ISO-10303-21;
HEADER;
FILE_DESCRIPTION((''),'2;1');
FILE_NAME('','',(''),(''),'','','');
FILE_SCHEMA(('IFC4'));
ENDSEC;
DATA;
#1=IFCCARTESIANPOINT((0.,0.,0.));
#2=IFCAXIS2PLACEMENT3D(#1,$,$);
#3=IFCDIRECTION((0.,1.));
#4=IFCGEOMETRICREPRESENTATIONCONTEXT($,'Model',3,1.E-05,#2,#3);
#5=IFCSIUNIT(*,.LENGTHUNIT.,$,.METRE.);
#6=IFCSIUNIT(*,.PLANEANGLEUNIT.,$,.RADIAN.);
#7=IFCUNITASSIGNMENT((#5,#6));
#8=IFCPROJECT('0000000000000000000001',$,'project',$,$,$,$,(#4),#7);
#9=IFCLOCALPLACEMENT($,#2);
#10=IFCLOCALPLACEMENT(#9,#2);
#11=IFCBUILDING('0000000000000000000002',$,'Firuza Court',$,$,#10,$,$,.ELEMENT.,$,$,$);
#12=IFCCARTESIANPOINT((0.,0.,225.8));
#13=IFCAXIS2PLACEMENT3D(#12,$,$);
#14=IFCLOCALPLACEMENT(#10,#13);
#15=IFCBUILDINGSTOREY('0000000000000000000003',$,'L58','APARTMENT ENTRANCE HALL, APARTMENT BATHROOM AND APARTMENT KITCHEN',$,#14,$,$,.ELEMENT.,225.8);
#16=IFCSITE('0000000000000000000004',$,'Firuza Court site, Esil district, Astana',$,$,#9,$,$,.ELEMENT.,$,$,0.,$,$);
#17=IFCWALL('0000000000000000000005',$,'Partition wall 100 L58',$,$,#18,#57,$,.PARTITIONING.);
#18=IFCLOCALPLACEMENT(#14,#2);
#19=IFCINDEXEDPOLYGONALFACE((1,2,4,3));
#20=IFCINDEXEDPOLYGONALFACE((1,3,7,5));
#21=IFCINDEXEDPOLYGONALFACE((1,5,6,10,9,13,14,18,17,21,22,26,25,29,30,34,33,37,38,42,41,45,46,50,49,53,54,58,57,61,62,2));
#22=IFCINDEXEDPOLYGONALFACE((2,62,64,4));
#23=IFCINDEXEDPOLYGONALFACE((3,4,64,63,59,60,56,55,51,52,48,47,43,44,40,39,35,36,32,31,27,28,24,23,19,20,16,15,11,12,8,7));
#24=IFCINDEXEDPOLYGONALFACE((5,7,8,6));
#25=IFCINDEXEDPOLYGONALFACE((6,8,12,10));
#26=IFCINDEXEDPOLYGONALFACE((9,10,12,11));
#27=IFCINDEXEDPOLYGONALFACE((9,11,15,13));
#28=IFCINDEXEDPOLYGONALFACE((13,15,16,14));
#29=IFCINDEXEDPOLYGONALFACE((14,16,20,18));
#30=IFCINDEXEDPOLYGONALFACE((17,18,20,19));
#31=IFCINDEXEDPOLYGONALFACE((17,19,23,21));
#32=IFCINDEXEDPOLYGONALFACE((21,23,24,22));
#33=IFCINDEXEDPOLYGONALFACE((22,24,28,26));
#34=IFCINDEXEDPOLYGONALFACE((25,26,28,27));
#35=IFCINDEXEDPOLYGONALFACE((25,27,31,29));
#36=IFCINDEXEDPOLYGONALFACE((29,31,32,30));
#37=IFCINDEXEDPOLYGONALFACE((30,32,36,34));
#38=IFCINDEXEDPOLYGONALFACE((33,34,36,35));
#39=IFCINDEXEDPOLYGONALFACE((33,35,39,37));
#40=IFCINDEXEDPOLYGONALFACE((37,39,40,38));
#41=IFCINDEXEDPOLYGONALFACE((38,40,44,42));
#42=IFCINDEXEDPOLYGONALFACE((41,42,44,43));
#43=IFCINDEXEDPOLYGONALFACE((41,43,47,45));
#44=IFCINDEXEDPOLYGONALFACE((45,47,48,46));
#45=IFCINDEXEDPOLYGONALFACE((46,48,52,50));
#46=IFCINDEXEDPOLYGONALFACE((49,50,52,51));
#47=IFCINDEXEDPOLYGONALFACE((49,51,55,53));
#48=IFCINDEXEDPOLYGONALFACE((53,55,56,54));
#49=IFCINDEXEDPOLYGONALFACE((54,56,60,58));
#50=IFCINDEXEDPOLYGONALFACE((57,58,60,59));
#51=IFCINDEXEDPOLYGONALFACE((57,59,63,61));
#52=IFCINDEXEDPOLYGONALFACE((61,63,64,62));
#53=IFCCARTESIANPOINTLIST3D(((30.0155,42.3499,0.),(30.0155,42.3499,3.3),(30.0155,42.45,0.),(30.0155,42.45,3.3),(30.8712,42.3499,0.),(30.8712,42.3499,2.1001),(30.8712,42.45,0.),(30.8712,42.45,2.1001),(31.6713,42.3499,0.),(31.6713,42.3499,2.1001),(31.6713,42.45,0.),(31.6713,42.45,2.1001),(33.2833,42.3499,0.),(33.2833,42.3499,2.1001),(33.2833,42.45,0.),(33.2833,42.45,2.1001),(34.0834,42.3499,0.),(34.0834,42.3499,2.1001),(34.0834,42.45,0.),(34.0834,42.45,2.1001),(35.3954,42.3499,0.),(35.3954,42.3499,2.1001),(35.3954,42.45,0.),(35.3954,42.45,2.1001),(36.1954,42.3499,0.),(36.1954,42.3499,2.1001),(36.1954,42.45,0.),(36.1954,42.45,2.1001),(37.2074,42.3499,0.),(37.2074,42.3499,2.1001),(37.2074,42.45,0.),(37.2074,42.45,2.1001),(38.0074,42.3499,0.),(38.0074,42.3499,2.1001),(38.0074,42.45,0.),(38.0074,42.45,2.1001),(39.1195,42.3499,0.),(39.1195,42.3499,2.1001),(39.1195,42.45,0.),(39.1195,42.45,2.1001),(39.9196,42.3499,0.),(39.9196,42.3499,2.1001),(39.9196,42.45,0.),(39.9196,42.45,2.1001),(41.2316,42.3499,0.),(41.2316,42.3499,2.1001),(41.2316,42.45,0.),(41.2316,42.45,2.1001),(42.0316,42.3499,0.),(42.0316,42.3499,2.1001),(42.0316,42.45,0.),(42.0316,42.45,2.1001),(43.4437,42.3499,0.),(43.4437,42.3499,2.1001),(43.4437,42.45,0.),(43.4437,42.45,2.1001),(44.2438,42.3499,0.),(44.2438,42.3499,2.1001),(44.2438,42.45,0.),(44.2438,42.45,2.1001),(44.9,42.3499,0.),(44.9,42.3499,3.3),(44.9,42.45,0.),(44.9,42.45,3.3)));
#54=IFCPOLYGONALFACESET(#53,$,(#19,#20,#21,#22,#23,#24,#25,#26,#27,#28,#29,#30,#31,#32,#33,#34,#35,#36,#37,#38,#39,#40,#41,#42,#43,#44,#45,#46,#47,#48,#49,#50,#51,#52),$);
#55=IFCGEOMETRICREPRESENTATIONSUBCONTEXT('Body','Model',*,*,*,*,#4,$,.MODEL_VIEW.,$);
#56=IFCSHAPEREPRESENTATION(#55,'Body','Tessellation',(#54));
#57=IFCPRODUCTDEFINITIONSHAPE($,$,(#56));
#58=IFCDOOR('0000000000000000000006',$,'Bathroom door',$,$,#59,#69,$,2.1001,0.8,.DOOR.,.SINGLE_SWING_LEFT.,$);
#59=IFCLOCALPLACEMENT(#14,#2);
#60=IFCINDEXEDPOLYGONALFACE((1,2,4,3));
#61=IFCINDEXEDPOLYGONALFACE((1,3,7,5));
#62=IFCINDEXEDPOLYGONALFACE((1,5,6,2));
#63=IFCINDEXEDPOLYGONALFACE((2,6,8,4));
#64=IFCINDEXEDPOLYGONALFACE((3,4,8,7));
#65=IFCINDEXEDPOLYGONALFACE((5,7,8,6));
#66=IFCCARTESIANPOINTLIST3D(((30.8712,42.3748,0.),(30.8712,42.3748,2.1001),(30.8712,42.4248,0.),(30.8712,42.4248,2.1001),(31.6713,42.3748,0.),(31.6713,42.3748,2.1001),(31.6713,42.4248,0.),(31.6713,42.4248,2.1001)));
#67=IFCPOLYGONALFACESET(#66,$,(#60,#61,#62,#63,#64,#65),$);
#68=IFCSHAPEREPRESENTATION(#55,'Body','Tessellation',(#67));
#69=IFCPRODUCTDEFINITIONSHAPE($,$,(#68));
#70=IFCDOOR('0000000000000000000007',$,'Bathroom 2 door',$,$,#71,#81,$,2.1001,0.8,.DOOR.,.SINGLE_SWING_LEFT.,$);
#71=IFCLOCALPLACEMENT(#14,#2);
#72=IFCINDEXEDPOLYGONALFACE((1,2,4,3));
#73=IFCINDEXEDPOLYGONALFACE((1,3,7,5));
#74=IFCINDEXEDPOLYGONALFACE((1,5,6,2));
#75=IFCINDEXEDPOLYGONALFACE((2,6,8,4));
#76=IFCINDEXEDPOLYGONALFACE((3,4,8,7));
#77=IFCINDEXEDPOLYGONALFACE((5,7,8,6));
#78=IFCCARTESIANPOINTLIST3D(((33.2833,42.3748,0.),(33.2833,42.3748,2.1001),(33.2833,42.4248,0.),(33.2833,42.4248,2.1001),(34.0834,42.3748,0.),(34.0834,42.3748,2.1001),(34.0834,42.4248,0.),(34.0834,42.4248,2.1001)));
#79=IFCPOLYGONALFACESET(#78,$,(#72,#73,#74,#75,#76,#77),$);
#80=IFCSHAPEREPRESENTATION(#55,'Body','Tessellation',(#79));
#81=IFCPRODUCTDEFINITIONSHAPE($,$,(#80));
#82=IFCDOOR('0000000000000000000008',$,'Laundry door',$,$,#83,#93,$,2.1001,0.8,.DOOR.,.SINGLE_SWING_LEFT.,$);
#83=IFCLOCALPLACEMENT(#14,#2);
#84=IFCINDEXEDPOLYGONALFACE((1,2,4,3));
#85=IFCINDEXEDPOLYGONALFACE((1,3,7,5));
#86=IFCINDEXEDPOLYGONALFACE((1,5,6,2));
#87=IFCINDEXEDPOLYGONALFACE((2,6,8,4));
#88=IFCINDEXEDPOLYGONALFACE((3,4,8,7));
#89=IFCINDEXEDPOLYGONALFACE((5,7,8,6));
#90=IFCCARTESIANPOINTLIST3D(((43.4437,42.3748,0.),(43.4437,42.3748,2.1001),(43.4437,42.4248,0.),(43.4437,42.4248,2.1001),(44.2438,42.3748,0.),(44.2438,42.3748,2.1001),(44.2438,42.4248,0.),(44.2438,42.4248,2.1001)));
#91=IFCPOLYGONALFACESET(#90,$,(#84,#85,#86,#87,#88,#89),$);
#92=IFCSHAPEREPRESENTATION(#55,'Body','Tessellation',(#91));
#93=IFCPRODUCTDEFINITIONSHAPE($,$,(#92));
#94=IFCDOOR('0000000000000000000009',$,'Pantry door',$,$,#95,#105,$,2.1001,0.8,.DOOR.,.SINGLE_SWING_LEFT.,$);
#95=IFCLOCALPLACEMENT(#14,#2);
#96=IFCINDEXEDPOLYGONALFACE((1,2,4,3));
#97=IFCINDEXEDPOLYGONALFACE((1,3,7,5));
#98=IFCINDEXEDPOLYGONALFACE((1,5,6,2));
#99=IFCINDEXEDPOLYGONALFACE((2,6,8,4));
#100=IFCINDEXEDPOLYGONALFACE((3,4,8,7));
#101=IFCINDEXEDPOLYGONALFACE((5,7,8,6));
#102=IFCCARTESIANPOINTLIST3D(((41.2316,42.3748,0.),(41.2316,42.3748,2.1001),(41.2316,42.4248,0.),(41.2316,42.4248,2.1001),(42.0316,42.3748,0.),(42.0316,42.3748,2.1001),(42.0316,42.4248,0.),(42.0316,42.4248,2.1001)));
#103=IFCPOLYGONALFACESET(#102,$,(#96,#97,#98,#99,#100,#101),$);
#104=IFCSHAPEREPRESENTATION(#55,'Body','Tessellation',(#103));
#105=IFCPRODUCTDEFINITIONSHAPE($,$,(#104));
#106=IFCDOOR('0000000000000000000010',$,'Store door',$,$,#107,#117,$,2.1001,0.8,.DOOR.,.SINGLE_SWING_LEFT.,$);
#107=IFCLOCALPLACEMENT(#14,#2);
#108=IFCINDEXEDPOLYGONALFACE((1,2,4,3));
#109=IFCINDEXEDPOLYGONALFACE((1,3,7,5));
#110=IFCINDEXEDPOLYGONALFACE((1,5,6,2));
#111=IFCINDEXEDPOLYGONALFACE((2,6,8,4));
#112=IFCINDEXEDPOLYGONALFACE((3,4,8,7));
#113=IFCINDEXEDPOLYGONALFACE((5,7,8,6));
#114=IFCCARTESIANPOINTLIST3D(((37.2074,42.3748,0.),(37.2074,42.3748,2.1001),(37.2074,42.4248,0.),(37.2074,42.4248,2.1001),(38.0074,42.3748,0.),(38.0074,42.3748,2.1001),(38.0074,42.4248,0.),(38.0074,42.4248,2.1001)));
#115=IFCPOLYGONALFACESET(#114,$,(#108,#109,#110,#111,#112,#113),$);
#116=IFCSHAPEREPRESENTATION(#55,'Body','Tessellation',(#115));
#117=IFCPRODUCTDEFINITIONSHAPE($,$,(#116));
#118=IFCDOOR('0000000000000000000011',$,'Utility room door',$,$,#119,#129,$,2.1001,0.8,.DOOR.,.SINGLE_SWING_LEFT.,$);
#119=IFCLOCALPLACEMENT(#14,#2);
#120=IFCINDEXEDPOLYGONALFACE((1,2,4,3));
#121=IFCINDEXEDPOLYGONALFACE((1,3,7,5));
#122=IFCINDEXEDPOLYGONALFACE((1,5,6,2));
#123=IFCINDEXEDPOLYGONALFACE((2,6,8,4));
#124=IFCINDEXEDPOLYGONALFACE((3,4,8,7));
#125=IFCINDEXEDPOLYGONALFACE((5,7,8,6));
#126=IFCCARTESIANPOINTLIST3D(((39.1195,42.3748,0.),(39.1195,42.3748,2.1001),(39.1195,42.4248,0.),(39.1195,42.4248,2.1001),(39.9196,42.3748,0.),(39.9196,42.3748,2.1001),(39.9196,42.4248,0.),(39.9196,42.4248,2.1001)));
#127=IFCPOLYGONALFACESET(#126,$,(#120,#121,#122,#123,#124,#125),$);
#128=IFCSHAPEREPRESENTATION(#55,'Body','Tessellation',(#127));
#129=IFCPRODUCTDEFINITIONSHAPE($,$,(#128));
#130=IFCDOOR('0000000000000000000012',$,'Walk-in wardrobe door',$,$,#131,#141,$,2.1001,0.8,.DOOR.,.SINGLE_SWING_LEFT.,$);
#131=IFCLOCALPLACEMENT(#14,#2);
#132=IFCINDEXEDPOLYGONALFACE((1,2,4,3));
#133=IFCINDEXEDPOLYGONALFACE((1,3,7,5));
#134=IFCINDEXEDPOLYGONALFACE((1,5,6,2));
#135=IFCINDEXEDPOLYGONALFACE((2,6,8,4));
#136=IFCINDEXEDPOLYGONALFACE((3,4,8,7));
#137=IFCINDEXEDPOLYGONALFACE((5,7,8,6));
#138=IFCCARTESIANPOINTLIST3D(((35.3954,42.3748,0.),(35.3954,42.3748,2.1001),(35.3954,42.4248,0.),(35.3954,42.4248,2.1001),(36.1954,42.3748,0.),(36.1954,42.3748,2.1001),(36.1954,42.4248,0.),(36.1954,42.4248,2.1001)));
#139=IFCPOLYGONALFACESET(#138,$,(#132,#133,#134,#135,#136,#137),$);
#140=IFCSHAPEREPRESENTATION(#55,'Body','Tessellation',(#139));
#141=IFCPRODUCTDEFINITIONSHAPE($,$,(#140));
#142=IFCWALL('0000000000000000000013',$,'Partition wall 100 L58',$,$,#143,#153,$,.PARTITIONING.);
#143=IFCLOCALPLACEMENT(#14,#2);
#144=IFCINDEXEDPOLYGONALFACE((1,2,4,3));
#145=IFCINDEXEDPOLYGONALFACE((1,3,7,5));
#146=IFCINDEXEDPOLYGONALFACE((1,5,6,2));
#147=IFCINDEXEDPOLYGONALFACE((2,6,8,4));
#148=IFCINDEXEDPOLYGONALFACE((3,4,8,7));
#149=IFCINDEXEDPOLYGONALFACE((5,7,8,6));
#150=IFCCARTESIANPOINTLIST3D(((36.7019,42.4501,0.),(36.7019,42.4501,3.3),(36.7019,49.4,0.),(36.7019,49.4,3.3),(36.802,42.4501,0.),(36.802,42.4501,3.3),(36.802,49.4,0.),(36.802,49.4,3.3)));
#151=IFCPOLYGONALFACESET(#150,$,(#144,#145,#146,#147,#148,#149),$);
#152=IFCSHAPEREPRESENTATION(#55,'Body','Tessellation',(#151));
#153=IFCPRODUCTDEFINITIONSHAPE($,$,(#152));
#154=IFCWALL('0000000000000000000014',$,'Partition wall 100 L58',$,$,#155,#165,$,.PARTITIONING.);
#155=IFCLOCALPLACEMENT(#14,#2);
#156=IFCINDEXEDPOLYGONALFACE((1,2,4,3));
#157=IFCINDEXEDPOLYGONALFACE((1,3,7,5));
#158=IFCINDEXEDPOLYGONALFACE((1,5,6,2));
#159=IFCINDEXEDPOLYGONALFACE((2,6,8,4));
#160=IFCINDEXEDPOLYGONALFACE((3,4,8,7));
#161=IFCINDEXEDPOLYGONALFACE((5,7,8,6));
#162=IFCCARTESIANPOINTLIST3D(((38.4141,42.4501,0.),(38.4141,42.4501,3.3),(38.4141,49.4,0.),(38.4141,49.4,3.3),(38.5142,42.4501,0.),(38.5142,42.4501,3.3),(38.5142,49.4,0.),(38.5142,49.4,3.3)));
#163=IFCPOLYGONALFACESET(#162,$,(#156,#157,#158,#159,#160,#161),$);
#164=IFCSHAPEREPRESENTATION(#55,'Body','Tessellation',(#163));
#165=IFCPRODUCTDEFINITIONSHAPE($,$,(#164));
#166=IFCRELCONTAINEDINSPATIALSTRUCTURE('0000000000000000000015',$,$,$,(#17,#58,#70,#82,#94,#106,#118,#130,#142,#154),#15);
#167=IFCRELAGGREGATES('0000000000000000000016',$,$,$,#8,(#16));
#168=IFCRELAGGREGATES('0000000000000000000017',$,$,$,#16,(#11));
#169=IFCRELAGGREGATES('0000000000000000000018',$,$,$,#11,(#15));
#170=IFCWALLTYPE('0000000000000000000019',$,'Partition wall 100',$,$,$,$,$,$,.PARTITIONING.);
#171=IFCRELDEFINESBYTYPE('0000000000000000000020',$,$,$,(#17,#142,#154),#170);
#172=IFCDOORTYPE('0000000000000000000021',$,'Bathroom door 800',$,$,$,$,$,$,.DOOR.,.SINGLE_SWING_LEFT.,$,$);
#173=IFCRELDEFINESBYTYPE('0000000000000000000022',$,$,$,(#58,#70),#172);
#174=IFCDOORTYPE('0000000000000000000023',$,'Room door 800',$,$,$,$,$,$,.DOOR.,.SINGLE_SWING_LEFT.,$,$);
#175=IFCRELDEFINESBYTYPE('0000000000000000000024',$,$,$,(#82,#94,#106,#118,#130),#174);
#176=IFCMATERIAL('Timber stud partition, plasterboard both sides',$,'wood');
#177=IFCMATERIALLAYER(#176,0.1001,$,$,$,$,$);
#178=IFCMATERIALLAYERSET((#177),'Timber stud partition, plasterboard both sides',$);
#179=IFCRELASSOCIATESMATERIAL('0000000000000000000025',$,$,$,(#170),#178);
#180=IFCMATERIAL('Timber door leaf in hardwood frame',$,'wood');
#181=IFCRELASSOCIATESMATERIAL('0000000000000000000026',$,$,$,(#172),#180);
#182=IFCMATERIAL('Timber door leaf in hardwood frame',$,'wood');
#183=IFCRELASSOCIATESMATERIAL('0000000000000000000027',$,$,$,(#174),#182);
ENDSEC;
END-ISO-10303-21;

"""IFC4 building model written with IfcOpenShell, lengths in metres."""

from ifc_helpers import new_model, si_unit, direction, frame, frame_2d, origin, place, context, subcontext, project, spatial, rectangle, extrude, material, layer, layer_set, type_object, element, fill, save


model = new_model("IFC4")

# Units and contexts
model_context = context("Model", 3, precision=1e-05, world=origin(), true_north=direction((0.0, 1.0)))
body_context = subcontext(model_context, "Body", "Model", "MODEL_VIEW")
ifc_project = project(units=[si_unit("LENGTHUNIT", "METRE"), si_unit("PLANEANGLEUNIT", "RADIAN")], contexts=[model_context])

# Site, building, storey
site_placement = place(None, origin())
site = spatial("IfcSite", under=ifc_project, at=site_placement, Name="Firuza Court site, Esil district, Astana", CompositionType="ELEMENT", RefElevation=0.0)
building_placement = place(site_placement, origin())
building = spatial("IfcBuilding", under=site, at=building_placement, Name="Firuza Court", CompositionType="ELEMENT")
storey_placement = place(building_placement, frame((0.0, 0.0, 225.8)))
storey = spatial("IfcBuildingStorey", under=building, at=storey_placement, Name="L58", Description="APARTMENT ENTRANCE HALL, APARTMENT BATHROOM AND APARTMENT KITCHEN", CompositionType="ELEMENT", Elevation=225.8)

# Wall, openings, doors
ifc_material_1 = material(Name="Timber stud partition, plasterboard both sides", Category="wood")
ifc_layer_1 = layer(ifc_material_1, 0.1001)
ifc_layer_set_1 = layer_set([ifc_layer_1], Name="Timber stud partition, plasterboard both sides")
wall_type_1 = type_object("IfcWallType", Name="Partition wall 100", PredefinedType="PARTITIONING", material=ifc_layer_set_1)
wall_1_placement = place(storey_placement, frame((30.0154, 42.3999, 0.0), z_axis=(0.0, 0.0, 1.0), x_axis=(1.0, 0.0, 0.0)))
wall_1 = element("IfcWall", 1, at=wall_1_placement, inside=storey, type_object=wall_type_1, Name="Partition wall 100 L58", PredefinedType="PARTITIONING", context=body_context, shape_type="SweptSolid", body=[
    extrude(rectangle(XDim=14.8845, YDim=0.1001, at=frame_2d((7.4424, 0.0))), origin(), (0.0, 0.0, 1.0), 3.3),
])
opening_1_placement = place(wall_1_placement, frame((0.856, 0.0, 0.0)))
opening_1 = element("IfcOpeningElement", 2, at=opening_1_placement, cuts=wall_1, PredefinedType="OPENING", context=body_context, shape_type="SweptSolid", body=[
    extrude(rectangle(XDim=0.8, YDim=2.1001, at=frame_2d((0.3999, 1.05))), frame((0.0, 0.062, 0.0), z_axis=(0.0, -1.0, 0.0), x_axis=(1.0, 0.0, 0.0)), (0.0, 0.0, 1.0), 0.124),
])
opening_2_placement = place(wall_1_placement, frame((3.2681, 0.0, 0.0)))
opening_2 = element("IfcOpeningElement", 3, at=opening_2_placement, cuts=wall_1, PredefinedType="OPENING", context=body_context, shape_type="SweptSolid", body=[
    extrude(rectangle(XDim=0.8, YDim=2.1001, at=frame_2d((0.3999, 1.05))), frame((0.0, 0.062, 0.0), z_axis=(0.0, -1.0, 0.0), x_axis=(1.0, 0.0, 0.0)), (0.0, 0.0, 1.0), 0.124),
])
opening_3_placement = place(wall_1_placement, frame((13.4285, 0.0, 0.0)))
opening_3 = element("IfcOpeningElement", 4, at=opening_3_placement, cuts=wall_1, PredefinedType="OPENING", context=body_context, shape_type="SweptSolid", body=[
    extrude(rectangle(XDim=0.8, YDim=2.1001, at=frame_2d((0.3999, 1.05))), frame((0.0, 0.062, 0.0), z_axis=(0.0, -1.0, 0.0), x_axis=(1.0, 0.0, 0.0)), (0.0, 0.0, 1.0), 0.124),
])
opening_4_placement = place(wall_1_placement, frame((11.2163, 0.0, 0.0)))
opening_4 = element("IfcOpeningElement", 5, at=opening_4_placement, cuts=wall_1, PredefinedType="OPENING", context=body_context, shape_type="SweptSolid", body=[
    extrude(rectangle(XDim=0.8, YDim=2.1001, at=frame_2d((0.3999, 1.05))), frame((0.0, 0.062, 0.0), z_axis=(0.0, -1.0, 0.0), x_axis=(1.0, 0.0, 0.0)), (0.0, 0.0, 1.0), 0.124),
])
opening_5_placement = place(wall_1_placement, frame((7.1921, 0.0, 0.0)))
opening_5 = element("IfcOpeningElement", 6, at=opening_5_placement, cuts=wall_1, PredefinedType="OPENING", context=body_context, shape_type="SweptSolid", body=[
    extrude(rectangle(XDim=0.8, YDim=2.1001, at=frame_2d((0.3999, 1.05))), frame((0.0, 0.062, 0.0), z_axis=(0.0, -1.0, 0.0), x_axis=(1.0, 0.0, 0.0)), (0.0, 0.0, 1.0), 0.124),
])
opening_6_placement = place(wall_1_placement, frame((9.1042, 0.0, 0.0)))
opening_6 = element("IfcOpeningElement", 7, at=opening_6_placement, cuts=wall_1, PredefinedType="OPENING", context=body_context, shape_type="SweptSolid", body=[
    extrude(rectangle(XDim=0.8, YDim=2.1001, at=frame_2d((0.3999, 1.05))), frame((0.0, 0.062, 0.0), z_axis=(0.0, -1.0, 0.0), x_axis=(1.0, 0.0, 0.0)), (0.0, 0.0, 1.0), 0.124),
])
opening_7_placement = place(wall_1_placement, frame((5.3801, 0.0, 0.0)))
opening_7 = element("IfcOpeningElement", 8, at=opening_7_placement, cuts=wall_1, PredefinedType="OPENING", context=body_context, shape_type="SweptSolid", body=[
    extrude(rectangle(XDim=0.8, YDim=2.1001, at=frame_2d((0.3999, 1.05))), frame((0.0, 0.062, 0.0), z_axis=(0.0, -1.0, 0.0), x_axis=(1.0, 0.0, 0.0)), (0.0, 0.0, 1.0), 0.124),
])
ifc_material_2 = material(Name="Timber door leaf in hardwood frame", Category="wood")
door_type_1 = type_object("IfcDoorType", Name="Bathroom door 800", OperationType="SINGLE_SWING_LEFT", PredefinedType="DOOR", material=ifc_material_2)
door_1_placement = place(opening_1_placement, origin())
door_1 = element("IfcDoor", 9, at=door_1_placement, inside=storey, type_object=door_type_1, Name="Bathroom door", OperationType="SINGLE_SWING_LEFT", OverallHeight=2.1001, OverallWidth=0.8, PredefinedType="DOOR", context=body_context, shape_type="SweptSolid", body=[
    extrude(rectangle(XDim=0.8, YDim=2.1001, at=frame_2d((0.3999, 1.05))), frame((0.0, 0.0249, 0.0), z_axis=(0.0, -1.0, 0.0), x_axis=(1.0, 0.0, 0.0)), (0.0, 0.0, 1.0), 0.05),
])
fill(opening_1, door_1)
door_2_placement = place(opening_2_placement, origin())
door_2 = element("IfcDoor", 10, at=door_2_placement, inside=storey, type_object=door_type_1, Name="Bathroom 2 door", OperationType="SINGLE_SWING_LEFT", OverallHeight=2.1001, OverallWidth=0.8, PredefinedType="DOOR", context=body_context, shape_type="SweptSolid", body=[
    extrude(rectangle(XDim=0.8, YDim=2.1001, at=frame_2d((0.3999, 1.05))), frame((0.0, 0.0249, 0.0), z_axis=(0.0, -1.0, 0.0), x_axis=(1.0, 0.0, 0.0)), (0.0, 0.0, 1.0), 0.05),
])
fill(opening_2, door_2)
ifc_material_3 = material(Name="Timber door leaf in hardwood frame", Category="wood")
door_type_2 = type_object("IfcDoorType", Name="Room door 800", OperationType="SINGLE_SWING_LEFT", PredefinedType="DOOR", material=ifc_material_3)
door_3_placement = place(opening_3_placement, origin())
door_3 = element("IfcDoor", 11, at=door_3_placement, inside=storey, type_object=door_type_2, Name="Laundry door", OperationType="SINGLE_SWING_LEFT", OverallHeight=2.1001, OverallWidth=0.8, PredefinedType="DOOR", context=body_context, shape_type="SweptSolid", body=[
    extrude(rectangle(XDim=0.8, YDim=2.1001, at=frame_2d((0.3999, 1.05))), frame((0.0, 0.0249, 0.0), z_axis=(0.0, -1.0, 0.0), x_axis=(1.0, 0.0, 0.0)), (0.0, 0.0, 1.0), 0.05),
])
fill(opening_3, door_3)
door_4_placement = place(opening_4_placement, origin())
door_4 = element("IfcDoor", 12, at=door_4_placement, inside=storey, type_object=door_type_2, Name="Pantry door", OperationType="SINGLE_SWING_LEFT", OverallHeight=2.1001, OverallWidth=0.8, PredefinedType="DOOR", context=body_context, shape_type="SweptSolid", body=[
    extrude(rectangle(XDim=0.8, YDim=2.1001, at=frame_2d((0.3999, 1.05))), frame((0.0, 0.0249, 0.0), z_axis=(0.0, -1.0, 0.0), x_axis=(1.0, 0.0, 0.0)), (0.0, 0.0, 1.0), 0.05),
])
fill(opening_4, door_4)
door_5_placement = place(opening_5_placement, origin())
door_5 = element("IfcDoor", 13, at=door_5_placement, inside=storey, type_object=door_type_2, Name="Store door", OperationType="SINGLE_SWING_LEFT", OverallHeight=2.1001, OverallWidth=0.8, PredefinedType="DOOR", context=body_context, shape_type="SweptSolid", body=[
    extrude(rectangle(XDim=0.8, YDim=2.1001, at=frame_2d((0.3999, 1.05))), frame((0.0, 0.0249, 0.0), z_axis=(0.0, -1.0, 0.0), x_axis=(1.0, 0.0, 0.0)), (0.0, 0.0, 1.0), 0.05),
])
fill(opening_5, door_5)
door_6_placement = place(opening_6_placement, origin())
door_6 = element("IfcDoor", 14, at=door_6_placement, inside=storey, type_object=door_type_2, Name="Utility room door", OperationType="SINGLE_SWING_LEFT", OverallHeight=2.1001, OverallWidth=0.8, PredefinedType="DOOR", context=body_context, shape_type="SweptSolid", body=[
    extrude(rectangle(XDim=0.8, YDim=2.1001, at=frame_2d((0.3999, 1.05))), frame((0.0, 0.0249, 0.0), z_axis=(0.0, -1.0, 0.0), x_axis=(1.0, 0.0, 0.0)), (0.0, 0.0, 1.0), 0.05),
])
fill(opening_6, door_6)
door_7_placement = place(opening_7_placement, origin())
door_7 = element("IfcDoor", 15, at=door_7_placement, inside=storey, type_object=door_type_2, Name="Walk-in wardrobe door", OperationType="SINGLE_SWING_LEFT", OverallHeight=2.1001, OverallWidth=0.8, PredefinedType="DOOR", context=body_context, shape_type="SweptSolid", body=[
    extrude(rectangle(XDim=0.8, YDim=2.1001, at=frame_2d((0.3999, 1.05))), frame((0.0, 0.0249, 0.0), z_axis=(0.0, -1.0, 0.0), x_axis=(1.0, 0.0, 0.0)), (0.0, 0.0, 1.0), 0.05),
])
fill(opening_7, door_7)

# Walls
for number, where, z_axis, x_axis, name in (
    (16, (36.752, 42.45, 0.0), (0.0, 0.0, 1.0), (0.0, 1.0, 0.0), "Partition wall 100 L58"),
    (17, (38.4641, 42.45, 0.0), (0.0, 0.0, 1.0), (0.0, 1.0, 0.0), "Partition wall 100 L58"),
):
    element("IfcWall", number, at=place(storey_placement, frame(where, z_axis=z_axis, x_axis=x_axis)), inside=storey, type_object=wall_type_1, Name=name, PredefinedType="PARTITIONING", context=body_context, shape_type="SweptSolid", body=[
        extrude(rectangle(XDim=6.95, YDim=0.1001, at=frame_2d((3.4751, 0.0))), origin(), (0.0, 0.0, 1.0), 3.3),
    ])

save(model, "model.ifc")
